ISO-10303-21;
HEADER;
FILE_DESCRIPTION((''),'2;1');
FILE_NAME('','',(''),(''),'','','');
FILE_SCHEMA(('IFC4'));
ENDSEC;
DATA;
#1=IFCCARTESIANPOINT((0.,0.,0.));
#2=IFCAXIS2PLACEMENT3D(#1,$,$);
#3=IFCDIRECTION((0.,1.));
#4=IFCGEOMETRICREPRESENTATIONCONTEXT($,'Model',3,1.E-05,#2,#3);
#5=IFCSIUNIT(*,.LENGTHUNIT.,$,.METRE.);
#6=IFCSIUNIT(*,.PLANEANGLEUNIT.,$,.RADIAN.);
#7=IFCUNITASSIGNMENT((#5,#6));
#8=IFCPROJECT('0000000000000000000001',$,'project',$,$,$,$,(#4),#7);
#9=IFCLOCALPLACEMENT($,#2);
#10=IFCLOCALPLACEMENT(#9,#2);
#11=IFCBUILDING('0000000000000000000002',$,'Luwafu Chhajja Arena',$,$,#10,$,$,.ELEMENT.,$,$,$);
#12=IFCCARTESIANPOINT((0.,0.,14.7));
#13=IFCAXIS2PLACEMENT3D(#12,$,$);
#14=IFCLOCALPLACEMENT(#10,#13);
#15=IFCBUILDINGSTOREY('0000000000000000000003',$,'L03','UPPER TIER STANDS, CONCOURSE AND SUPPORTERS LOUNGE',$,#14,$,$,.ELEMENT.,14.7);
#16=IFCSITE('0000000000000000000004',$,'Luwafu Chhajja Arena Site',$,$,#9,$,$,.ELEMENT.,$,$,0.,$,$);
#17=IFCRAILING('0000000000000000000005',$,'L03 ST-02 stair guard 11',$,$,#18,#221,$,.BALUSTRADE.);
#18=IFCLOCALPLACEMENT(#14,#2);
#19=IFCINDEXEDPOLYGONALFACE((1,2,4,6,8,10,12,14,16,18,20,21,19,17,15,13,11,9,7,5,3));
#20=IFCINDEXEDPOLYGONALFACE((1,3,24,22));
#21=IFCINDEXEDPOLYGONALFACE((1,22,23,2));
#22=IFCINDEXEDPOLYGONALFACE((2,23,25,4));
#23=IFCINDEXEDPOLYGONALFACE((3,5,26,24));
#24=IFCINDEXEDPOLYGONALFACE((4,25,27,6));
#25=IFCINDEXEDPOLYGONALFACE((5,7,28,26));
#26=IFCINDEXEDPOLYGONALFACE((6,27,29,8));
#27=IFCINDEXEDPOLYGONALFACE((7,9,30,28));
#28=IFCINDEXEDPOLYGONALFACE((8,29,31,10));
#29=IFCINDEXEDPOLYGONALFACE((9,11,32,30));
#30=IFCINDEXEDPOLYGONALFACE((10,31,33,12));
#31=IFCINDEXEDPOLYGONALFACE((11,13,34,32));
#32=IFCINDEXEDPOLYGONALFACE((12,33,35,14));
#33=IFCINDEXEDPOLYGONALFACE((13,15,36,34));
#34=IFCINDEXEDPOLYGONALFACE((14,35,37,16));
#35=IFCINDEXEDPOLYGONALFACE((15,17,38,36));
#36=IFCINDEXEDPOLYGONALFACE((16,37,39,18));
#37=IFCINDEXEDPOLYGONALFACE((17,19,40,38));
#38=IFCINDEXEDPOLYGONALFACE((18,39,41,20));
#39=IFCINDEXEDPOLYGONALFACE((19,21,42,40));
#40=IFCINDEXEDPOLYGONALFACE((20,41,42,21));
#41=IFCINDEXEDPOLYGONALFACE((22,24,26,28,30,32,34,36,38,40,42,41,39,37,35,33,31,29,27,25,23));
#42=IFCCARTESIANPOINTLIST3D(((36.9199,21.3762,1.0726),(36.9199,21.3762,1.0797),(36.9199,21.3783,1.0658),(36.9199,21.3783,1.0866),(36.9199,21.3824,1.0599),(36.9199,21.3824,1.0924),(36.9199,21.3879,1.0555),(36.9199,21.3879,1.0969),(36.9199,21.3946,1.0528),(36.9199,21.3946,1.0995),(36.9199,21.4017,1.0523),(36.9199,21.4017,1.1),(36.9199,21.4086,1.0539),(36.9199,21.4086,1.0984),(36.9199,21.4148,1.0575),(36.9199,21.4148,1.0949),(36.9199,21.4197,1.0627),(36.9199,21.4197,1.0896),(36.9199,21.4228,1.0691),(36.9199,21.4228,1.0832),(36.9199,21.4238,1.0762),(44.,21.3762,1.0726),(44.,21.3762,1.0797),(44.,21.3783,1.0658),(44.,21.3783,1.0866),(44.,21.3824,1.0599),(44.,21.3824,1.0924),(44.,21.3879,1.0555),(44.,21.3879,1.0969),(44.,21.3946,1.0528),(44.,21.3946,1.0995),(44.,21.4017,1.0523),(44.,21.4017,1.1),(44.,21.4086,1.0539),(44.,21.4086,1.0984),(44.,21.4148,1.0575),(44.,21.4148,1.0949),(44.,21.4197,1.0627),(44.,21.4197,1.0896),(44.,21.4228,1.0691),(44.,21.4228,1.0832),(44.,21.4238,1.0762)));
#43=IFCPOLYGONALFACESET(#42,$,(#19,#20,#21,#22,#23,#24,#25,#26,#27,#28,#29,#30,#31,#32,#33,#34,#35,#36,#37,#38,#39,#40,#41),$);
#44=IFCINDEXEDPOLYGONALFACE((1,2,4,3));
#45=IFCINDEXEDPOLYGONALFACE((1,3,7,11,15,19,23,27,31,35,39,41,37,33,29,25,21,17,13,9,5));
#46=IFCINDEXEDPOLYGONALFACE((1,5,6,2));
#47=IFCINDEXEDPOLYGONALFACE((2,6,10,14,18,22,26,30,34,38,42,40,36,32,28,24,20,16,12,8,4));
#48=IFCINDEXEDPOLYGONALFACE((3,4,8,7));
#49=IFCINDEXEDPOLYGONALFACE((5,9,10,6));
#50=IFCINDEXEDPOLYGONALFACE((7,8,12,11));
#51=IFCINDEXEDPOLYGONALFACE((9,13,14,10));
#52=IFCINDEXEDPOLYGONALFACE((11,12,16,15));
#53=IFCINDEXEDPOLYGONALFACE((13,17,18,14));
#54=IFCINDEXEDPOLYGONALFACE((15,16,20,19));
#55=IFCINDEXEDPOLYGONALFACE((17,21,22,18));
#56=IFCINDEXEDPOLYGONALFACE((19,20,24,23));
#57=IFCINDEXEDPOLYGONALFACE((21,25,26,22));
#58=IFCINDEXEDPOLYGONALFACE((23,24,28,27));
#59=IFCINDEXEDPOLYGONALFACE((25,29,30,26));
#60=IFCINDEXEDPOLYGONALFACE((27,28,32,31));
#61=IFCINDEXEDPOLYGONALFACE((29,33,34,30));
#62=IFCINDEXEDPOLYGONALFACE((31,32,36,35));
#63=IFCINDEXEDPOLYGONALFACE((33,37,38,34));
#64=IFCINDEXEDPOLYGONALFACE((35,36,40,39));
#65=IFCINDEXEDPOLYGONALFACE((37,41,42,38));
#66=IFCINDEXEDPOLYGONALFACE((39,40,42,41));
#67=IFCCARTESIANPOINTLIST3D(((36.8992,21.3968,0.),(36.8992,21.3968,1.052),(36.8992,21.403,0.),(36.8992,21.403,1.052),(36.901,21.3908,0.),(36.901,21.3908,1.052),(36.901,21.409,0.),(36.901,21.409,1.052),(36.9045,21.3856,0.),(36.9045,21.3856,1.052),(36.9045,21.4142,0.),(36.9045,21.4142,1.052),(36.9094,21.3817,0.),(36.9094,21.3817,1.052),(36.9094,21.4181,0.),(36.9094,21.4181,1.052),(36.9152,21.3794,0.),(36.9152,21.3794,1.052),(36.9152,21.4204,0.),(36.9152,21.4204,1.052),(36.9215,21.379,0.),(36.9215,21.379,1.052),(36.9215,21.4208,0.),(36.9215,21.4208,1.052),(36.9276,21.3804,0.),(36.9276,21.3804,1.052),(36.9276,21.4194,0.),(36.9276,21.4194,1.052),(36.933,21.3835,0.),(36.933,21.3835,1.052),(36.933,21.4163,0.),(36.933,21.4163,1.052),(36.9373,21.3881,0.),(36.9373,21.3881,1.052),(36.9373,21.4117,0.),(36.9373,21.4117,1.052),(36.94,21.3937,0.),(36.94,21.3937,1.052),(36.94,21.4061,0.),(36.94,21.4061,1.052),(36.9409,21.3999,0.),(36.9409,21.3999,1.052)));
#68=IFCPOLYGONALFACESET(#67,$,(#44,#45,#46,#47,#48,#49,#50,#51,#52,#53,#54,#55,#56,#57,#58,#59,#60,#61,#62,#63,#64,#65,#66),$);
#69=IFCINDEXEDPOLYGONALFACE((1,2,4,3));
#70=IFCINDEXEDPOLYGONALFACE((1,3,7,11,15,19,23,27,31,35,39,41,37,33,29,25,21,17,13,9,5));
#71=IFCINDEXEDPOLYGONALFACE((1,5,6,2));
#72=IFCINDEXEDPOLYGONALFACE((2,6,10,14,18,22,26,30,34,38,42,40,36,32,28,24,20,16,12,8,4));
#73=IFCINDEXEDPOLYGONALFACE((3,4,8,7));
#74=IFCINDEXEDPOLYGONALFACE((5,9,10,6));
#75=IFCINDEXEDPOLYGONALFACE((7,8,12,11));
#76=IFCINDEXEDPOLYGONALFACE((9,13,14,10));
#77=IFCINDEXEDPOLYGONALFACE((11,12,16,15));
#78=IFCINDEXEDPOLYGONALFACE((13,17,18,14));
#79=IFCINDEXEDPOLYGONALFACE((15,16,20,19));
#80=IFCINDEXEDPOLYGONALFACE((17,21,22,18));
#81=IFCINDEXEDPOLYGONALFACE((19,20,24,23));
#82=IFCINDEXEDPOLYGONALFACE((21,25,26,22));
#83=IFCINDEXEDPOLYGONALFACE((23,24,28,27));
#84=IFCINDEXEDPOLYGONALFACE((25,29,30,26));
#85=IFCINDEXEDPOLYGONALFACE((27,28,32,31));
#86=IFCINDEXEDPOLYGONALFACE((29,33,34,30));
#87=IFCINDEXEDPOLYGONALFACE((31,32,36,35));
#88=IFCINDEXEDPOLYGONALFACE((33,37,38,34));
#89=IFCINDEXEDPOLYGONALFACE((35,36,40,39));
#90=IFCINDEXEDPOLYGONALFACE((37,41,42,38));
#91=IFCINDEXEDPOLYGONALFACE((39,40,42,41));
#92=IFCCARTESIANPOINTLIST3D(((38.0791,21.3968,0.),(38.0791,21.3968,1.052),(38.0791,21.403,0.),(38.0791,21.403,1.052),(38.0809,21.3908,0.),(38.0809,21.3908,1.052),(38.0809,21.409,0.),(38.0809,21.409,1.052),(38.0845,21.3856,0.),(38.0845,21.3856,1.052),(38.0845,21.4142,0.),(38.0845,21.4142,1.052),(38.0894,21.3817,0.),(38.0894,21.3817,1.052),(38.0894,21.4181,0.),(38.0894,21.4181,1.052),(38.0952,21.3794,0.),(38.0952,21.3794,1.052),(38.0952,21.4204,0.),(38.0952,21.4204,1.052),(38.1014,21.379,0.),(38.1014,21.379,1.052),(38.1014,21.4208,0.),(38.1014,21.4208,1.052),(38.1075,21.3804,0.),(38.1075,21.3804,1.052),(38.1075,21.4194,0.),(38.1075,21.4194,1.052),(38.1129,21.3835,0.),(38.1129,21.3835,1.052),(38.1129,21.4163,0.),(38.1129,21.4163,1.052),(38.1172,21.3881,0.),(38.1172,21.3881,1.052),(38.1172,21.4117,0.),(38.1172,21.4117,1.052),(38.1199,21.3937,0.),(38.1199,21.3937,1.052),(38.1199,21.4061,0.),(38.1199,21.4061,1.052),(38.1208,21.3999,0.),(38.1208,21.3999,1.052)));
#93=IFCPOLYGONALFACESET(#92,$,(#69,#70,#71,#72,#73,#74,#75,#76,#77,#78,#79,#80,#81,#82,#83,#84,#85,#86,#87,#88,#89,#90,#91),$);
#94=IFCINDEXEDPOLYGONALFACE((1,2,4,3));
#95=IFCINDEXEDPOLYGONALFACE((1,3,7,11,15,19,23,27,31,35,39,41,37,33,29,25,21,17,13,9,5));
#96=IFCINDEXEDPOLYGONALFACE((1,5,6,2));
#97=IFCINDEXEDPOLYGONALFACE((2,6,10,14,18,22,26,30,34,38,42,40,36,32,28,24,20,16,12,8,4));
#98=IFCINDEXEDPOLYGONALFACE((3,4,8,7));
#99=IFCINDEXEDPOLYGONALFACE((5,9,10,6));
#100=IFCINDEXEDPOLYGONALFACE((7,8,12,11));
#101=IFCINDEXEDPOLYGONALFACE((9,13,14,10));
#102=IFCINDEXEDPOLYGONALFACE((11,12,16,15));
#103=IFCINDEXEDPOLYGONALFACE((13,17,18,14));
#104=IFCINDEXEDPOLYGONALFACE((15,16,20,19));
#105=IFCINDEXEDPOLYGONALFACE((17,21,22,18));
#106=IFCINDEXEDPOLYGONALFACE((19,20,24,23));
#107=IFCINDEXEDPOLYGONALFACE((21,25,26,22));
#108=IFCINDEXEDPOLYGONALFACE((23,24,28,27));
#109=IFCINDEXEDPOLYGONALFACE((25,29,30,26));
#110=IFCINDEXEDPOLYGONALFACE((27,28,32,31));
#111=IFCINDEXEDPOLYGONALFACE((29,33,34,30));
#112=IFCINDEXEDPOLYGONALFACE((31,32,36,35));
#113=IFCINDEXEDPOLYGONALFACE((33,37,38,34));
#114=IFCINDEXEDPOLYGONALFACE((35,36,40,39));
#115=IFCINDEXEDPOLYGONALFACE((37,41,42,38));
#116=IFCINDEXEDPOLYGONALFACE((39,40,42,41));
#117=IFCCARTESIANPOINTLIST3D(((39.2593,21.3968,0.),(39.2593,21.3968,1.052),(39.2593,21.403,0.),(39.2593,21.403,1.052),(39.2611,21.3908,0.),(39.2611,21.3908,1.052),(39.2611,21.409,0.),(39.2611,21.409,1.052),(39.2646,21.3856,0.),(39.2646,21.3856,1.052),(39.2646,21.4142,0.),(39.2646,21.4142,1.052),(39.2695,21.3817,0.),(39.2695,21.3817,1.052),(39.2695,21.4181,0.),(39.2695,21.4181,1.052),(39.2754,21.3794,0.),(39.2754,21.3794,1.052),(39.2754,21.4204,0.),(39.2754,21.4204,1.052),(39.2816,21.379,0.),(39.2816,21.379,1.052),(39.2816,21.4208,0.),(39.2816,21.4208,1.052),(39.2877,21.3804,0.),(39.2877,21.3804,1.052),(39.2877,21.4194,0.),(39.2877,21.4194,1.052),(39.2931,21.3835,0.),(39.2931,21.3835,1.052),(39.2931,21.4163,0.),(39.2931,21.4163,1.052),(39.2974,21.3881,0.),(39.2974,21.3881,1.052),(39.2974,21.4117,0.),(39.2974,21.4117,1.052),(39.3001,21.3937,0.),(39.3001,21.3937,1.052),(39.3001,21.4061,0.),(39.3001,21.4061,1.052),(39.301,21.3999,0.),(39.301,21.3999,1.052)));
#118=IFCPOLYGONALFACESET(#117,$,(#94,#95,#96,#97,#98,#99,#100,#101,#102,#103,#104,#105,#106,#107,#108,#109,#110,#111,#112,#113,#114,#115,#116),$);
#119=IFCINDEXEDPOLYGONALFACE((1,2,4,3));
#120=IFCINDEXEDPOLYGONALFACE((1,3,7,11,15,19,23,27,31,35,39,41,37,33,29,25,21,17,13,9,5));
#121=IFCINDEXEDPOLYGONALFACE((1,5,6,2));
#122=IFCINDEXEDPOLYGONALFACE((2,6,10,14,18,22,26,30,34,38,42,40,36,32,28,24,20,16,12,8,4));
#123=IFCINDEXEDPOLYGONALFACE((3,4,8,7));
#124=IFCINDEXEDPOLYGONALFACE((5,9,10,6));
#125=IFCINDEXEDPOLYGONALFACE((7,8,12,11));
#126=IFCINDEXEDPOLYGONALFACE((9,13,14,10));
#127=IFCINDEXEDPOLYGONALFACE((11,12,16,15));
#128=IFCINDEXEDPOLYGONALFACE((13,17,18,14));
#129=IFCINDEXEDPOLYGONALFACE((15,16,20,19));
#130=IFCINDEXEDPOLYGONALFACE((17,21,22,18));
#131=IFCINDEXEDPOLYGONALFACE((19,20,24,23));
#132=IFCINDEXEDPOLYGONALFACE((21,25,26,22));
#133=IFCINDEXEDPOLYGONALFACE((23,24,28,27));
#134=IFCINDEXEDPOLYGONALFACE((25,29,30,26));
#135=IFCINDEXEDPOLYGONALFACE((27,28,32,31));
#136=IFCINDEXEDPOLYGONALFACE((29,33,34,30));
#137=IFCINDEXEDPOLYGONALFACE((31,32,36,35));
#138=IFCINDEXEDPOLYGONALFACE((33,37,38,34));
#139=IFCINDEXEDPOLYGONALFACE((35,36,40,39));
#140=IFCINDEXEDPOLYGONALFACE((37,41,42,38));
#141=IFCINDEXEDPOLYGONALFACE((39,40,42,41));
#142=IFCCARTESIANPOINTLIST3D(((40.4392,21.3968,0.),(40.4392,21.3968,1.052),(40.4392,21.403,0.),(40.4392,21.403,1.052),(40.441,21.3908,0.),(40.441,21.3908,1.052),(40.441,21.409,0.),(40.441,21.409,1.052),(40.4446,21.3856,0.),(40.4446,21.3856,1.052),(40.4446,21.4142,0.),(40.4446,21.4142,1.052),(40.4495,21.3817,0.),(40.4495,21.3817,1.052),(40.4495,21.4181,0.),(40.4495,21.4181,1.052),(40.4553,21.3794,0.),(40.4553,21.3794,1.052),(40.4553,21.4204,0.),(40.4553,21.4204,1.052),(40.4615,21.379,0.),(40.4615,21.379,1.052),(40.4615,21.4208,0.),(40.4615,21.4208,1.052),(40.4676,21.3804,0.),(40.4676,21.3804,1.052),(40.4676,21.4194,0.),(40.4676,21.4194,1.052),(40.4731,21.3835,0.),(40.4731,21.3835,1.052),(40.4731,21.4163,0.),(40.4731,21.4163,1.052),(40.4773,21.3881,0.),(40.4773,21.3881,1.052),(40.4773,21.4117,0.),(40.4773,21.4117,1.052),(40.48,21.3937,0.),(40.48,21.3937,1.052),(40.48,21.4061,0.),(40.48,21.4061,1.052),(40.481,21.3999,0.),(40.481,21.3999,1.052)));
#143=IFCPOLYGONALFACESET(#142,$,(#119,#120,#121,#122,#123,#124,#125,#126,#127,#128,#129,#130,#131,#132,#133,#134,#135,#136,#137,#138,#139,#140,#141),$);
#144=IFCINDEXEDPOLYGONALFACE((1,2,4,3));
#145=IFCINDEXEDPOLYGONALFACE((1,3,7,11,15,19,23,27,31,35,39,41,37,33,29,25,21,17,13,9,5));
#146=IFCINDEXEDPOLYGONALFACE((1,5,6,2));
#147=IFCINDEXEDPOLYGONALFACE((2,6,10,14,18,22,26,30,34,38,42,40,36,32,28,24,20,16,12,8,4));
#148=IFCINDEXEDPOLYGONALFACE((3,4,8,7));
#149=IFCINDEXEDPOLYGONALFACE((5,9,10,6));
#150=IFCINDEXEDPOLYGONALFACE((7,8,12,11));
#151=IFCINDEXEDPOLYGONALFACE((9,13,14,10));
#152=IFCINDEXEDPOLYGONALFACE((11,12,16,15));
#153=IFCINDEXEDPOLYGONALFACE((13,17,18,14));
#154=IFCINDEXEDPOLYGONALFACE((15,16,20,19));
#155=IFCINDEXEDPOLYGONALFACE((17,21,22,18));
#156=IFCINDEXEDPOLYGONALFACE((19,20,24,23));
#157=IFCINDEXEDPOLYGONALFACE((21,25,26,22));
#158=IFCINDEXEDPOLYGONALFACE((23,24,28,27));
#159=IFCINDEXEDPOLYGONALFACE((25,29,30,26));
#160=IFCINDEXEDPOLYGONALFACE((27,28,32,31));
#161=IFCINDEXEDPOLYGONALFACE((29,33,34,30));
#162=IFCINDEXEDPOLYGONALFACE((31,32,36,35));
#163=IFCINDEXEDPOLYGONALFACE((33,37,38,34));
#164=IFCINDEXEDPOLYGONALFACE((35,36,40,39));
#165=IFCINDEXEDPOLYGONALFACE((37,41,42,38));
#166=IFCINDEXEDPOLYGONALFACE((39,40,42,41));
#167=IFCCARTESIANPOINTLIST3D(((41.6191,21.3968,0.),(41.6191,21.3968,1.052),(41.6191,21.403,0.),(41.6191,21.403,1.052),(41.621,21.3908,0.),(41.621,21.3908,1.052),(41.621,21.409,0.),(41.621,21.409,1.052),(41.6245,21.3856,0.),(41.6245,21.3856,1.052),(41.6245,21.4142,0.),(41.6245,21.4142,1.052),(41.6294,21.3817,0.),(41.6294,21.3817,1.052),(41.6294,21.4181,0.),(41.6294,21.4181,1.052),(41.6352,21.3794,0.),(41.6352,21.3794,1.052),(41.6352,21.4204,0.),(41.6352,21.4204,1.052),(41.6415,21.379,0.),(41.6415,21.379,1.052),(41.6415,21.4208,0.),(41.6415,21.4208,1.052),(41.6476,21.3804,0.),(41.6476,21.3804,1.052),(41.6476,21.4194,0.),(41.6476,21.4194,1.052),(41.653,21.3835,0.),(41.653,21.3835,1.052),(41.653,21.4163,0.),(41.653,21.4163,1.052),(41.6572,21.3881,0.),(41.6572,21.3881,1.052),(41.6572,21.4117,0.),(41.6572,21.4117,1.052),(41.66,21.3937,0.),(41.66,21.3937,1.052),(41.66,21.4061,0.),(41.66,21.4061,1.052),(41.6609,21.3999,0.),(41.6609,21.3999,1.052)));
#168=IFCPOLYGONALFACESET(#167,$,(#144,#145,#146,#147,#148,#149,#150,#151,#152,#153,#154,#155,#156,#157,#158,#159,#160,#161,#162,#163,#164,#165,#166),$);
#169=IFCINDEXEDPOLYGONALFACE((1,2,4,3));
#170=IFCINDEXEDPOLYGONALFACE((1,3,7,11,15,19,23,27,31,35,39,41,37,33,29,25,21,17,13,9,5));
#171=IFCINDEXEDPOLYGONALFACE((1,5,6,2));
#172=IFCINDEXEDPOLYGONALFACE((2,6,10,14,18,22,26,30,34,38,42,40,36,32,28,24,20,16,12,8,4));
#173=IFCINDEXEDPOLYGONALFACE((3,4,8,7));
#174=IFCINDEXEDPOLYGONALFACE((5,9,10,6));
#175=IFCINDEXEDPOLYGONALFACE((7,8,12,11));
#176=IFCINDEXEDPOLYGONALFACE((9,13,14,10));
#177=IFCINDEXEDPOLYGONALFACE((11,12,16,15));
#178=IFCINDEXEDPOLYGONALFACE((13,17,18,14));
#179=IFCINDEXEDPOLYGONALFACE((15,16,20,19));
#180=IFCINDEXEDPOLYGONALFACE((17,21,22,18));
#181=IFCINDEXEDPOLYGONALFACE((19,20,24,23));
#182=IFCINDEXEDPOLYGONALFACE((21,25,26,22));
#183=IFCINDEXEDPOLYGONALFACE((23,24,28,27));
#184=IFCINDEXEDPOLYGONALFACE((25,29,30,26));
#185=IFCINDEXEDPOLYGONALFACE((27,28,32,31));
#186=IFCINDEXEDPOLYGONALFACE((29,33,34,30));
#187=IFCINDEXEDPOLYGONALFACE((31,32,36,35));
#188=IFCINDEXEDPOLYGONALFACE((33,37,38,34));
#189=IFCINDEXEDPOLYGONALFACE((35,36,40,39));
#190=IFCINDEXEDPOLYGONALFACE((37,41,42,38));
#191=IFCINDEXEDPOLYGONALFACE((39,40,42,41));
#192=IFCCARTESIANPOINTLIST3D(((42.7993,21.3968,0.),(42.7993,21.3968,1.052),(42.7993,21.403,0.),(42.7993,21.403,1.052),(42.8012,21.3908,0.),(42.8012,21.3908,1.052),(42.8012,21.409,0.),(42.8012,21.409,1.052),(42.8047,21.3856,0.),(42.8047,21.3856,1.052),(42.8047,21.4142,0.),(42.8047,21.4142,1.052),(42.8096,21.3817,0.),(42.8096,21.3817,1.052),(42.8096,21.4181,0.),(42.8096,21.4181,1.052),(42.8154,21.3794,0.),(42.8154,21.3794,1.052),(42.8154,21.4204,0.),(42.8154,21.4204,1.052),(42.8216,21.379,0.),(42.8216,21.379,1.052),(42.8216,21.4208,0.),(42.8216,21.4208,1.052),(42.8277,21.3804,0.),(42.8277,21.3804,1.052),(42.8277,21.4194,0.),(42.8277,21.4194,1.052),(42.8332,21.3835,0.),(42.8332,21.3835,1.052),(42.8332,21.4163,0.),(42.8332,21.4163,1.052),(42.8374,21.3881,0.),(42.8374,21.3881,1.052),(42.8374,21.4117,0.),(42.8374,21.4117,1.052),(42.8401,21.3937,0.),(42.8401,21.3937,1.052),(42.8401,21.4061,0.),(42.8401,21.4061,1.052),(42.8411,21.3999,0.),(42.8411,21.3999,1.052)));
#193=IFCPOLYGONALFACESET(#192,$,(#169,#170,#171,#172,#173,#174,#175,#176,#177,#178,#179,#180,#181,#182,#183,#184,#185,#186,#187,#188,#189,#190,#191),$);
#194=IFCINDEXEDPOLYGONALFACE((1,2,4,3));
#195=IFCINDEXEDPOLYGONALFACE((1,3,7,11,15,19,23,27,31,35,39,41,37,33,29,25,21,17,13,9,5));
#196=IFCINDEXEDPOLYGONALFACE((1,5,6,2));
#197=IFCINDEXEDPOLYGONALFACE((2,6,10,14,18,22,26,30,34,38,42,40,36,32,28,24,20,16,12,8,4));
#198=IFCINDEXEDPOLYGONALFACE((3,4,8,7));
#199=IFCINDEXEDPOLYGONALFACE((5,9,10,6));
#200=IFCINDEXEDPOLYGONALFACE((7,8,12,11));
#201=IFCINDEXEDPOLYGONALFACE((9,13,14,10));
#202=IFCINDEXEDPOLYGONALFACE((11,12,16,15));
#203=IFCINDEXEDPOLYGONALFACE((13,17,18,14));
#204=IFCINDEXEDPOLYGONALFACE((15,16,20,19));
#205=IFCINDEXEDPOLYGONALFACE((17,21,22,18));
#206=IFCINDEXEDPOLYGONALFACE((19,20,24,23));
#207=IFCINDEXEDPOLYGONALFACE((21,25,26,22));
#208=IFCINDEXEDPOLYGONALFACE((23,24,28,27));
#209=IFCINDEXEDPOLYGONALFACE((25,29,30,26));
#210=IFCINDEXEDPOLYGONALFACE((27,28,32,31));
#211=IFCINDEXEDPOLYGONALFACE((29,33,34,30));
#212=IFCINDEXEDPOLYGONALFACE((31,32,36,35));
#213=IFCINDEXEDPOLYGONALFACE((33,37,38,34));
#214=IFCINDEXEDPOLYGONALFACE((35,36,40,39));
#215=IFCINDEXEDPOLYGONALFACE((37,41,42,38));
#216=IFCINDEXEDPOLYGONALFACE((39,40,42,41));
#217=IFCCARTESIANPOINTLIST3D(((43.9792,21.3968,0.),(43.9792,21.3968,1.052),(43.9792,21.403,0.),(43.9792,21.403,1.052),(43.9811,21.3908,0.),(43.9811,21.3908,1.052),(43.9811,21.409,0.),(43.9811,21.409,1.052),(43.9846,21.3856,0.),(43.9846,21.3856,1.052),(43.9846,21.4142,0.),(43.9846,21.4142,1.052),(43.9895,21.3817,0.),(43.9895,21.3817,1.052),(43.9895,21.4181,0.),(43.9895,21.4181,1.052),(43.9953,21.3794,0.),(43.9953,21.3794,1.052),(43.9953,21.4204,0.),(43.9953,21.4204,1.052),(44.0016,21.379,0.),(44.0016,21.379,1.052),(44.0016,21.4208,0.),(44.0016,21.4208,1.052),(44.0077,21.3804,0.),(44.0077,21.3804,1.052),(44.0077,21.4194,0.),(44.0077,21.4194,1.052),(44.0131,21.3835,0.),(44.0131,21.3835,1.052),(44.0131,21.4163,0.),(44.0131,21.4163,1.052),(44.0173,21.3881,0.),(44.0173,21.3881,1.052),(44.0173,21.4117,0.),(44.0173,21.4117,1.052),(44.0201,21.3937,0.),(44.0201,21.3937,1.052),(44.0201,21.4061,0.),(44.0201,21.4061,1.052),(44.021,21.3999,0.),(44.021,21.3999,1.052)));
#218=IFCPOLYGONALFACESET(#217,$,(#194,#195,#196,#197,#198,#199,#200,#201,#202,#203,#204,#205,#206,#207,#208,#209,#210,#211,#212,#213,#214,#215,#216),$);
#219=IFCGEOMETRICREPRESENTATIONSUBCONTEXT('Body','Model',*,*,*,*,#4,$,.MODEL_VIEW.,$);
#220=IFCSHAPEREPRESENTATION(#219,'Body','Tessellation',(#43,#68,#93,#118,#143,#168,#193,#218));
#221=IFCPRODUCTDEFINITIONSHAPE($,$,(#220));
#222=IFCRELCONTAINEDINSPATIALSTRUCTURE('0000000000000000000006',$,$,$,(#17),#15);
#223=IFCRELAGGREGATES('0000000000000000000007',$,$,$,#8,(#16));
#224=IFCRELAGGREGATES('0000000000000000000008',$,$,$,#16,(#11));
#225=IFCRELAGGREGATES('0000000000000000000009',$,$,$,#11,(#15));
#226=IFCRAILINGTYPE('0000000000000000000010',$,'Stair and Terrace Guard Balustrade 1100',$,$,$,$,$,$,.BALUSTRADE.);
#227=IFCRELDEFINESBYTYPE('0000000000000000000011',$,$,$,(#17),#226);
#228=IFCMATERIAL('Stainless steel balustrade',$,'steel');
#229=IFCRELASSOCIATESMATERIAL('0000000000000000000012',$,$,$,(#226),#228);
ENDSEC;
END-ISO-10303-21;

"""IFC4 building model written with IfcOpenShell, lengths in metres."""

from ifc_helpers import new_model, si_unit, direction, frame, origin, origin_2d, place, context, subcontext, project, spatial, circle, extrude, material, type_object, element, save


model = new_model("IFC4")

# Units and contexts
model_context = context("Model", 3, precision=1e-05, world=origin(), true_north=direction((0.0, 1.0)))
body_context = subcontext(model_context, "Body", "Model", "MODEL_VIEW")
ifc_project = project(units=[si_unit("LENGTHUNIT", "METRE"), si_unit("PLANEANGLEUNIT", "RADIAN")], contexts=[model_context])

# Site, building, storey
site_placement = place(None, origin())
site = spatial("IfcSite", under=ifc_project, at=site_placement, Name="Luwafu Chhajja Arena Site", CompositionType="ELEMENT", RefElevation=0.0)
building_placement = place(site_placement, origin())
building = spatial("IfcBuilding", under=site, at=building_placement, Name="Luwafu Chhajja Arena", CompositionType="ELEMENT")
storey_placement = place(building_placement, frame((0.0, 0.0, 14.7)))
storey = spatial("IfcBuildingStorey", under=building, at=storey_placement, Name="L03", Description="UPPER TIER STANDS, CONCOURSE AND SUPPORTERS LOUNGE", CompositionType="ELEMENT", Elevation=14.7)

# Railing
ifc_material_1 = material(Name="Stainless steel balustrade", Category="steel")
railing_type_1 = type_object("IfcRailingType", Name="Stair and Terrace Guard Balustrade 1100", PredefinedType="BALUSTRADE", material=ifc_material_1)
railing_1_placement = place(storey_placement, frame((36.9199, 21.3999, 0.0)))
element("IfcRailing", 1, at=railing_1_placement, inside=storey, type_object=railing_type_1, Name="L03 ST-02 stair guard 11", PredefinedType="BALUSTRADE", context=body_context, shape_type="SweptSolid", body=[
    extrude(circle(Radius=0.0239, at=origin_2d()), frame((0.0, 0.0, 1.0762), z_axis=(1.0, 0.0, 0.0), x_axis=(0.0, 1.0, 0.0)), (0.0, 0.0, 1.0), 7.0801),
    extrude(circle(Radius=0.021, at=origin_2d()), origin(), (0.0, 0.0, 1.0), 1.052),
    extrude(circle(Radius=0.021, at=origin_2d()), frame((1.1799, 0.0, 0.0)), (0.0, 0.0, 1.0), 1.052),
    extrude(circle(Radius=0.021, at=origin_2d()), frame((2.3601, 0.0, 0.0)), (0.0, 0.0, 1.0), 1.052),
    extrude(circle(Radius=0.021, at=origin_2d()), frame((3.54, 0.0, 0.0)), (0.0, 0.0, 1.0), 1.052),
    extrude(circle(Radius=0.021, at=origin_2d()), frame((4.72, 0.0, 0.0)), (0.0, 0.0, 1.0), 1.052),
    extrude(circle(Radius=0.021, at=origin_2d()), frame((5.9001, 0.0, 0.0)), (0.0, 0.0, 1.0), 1.052),
    extrude(circle(Radius=0.021, at=origin_2d()), frame((7.0801, 0.0, 0.0)), (0.0, 0.0, 1.0), 1.052),
])

save(model, "model.ifc")
